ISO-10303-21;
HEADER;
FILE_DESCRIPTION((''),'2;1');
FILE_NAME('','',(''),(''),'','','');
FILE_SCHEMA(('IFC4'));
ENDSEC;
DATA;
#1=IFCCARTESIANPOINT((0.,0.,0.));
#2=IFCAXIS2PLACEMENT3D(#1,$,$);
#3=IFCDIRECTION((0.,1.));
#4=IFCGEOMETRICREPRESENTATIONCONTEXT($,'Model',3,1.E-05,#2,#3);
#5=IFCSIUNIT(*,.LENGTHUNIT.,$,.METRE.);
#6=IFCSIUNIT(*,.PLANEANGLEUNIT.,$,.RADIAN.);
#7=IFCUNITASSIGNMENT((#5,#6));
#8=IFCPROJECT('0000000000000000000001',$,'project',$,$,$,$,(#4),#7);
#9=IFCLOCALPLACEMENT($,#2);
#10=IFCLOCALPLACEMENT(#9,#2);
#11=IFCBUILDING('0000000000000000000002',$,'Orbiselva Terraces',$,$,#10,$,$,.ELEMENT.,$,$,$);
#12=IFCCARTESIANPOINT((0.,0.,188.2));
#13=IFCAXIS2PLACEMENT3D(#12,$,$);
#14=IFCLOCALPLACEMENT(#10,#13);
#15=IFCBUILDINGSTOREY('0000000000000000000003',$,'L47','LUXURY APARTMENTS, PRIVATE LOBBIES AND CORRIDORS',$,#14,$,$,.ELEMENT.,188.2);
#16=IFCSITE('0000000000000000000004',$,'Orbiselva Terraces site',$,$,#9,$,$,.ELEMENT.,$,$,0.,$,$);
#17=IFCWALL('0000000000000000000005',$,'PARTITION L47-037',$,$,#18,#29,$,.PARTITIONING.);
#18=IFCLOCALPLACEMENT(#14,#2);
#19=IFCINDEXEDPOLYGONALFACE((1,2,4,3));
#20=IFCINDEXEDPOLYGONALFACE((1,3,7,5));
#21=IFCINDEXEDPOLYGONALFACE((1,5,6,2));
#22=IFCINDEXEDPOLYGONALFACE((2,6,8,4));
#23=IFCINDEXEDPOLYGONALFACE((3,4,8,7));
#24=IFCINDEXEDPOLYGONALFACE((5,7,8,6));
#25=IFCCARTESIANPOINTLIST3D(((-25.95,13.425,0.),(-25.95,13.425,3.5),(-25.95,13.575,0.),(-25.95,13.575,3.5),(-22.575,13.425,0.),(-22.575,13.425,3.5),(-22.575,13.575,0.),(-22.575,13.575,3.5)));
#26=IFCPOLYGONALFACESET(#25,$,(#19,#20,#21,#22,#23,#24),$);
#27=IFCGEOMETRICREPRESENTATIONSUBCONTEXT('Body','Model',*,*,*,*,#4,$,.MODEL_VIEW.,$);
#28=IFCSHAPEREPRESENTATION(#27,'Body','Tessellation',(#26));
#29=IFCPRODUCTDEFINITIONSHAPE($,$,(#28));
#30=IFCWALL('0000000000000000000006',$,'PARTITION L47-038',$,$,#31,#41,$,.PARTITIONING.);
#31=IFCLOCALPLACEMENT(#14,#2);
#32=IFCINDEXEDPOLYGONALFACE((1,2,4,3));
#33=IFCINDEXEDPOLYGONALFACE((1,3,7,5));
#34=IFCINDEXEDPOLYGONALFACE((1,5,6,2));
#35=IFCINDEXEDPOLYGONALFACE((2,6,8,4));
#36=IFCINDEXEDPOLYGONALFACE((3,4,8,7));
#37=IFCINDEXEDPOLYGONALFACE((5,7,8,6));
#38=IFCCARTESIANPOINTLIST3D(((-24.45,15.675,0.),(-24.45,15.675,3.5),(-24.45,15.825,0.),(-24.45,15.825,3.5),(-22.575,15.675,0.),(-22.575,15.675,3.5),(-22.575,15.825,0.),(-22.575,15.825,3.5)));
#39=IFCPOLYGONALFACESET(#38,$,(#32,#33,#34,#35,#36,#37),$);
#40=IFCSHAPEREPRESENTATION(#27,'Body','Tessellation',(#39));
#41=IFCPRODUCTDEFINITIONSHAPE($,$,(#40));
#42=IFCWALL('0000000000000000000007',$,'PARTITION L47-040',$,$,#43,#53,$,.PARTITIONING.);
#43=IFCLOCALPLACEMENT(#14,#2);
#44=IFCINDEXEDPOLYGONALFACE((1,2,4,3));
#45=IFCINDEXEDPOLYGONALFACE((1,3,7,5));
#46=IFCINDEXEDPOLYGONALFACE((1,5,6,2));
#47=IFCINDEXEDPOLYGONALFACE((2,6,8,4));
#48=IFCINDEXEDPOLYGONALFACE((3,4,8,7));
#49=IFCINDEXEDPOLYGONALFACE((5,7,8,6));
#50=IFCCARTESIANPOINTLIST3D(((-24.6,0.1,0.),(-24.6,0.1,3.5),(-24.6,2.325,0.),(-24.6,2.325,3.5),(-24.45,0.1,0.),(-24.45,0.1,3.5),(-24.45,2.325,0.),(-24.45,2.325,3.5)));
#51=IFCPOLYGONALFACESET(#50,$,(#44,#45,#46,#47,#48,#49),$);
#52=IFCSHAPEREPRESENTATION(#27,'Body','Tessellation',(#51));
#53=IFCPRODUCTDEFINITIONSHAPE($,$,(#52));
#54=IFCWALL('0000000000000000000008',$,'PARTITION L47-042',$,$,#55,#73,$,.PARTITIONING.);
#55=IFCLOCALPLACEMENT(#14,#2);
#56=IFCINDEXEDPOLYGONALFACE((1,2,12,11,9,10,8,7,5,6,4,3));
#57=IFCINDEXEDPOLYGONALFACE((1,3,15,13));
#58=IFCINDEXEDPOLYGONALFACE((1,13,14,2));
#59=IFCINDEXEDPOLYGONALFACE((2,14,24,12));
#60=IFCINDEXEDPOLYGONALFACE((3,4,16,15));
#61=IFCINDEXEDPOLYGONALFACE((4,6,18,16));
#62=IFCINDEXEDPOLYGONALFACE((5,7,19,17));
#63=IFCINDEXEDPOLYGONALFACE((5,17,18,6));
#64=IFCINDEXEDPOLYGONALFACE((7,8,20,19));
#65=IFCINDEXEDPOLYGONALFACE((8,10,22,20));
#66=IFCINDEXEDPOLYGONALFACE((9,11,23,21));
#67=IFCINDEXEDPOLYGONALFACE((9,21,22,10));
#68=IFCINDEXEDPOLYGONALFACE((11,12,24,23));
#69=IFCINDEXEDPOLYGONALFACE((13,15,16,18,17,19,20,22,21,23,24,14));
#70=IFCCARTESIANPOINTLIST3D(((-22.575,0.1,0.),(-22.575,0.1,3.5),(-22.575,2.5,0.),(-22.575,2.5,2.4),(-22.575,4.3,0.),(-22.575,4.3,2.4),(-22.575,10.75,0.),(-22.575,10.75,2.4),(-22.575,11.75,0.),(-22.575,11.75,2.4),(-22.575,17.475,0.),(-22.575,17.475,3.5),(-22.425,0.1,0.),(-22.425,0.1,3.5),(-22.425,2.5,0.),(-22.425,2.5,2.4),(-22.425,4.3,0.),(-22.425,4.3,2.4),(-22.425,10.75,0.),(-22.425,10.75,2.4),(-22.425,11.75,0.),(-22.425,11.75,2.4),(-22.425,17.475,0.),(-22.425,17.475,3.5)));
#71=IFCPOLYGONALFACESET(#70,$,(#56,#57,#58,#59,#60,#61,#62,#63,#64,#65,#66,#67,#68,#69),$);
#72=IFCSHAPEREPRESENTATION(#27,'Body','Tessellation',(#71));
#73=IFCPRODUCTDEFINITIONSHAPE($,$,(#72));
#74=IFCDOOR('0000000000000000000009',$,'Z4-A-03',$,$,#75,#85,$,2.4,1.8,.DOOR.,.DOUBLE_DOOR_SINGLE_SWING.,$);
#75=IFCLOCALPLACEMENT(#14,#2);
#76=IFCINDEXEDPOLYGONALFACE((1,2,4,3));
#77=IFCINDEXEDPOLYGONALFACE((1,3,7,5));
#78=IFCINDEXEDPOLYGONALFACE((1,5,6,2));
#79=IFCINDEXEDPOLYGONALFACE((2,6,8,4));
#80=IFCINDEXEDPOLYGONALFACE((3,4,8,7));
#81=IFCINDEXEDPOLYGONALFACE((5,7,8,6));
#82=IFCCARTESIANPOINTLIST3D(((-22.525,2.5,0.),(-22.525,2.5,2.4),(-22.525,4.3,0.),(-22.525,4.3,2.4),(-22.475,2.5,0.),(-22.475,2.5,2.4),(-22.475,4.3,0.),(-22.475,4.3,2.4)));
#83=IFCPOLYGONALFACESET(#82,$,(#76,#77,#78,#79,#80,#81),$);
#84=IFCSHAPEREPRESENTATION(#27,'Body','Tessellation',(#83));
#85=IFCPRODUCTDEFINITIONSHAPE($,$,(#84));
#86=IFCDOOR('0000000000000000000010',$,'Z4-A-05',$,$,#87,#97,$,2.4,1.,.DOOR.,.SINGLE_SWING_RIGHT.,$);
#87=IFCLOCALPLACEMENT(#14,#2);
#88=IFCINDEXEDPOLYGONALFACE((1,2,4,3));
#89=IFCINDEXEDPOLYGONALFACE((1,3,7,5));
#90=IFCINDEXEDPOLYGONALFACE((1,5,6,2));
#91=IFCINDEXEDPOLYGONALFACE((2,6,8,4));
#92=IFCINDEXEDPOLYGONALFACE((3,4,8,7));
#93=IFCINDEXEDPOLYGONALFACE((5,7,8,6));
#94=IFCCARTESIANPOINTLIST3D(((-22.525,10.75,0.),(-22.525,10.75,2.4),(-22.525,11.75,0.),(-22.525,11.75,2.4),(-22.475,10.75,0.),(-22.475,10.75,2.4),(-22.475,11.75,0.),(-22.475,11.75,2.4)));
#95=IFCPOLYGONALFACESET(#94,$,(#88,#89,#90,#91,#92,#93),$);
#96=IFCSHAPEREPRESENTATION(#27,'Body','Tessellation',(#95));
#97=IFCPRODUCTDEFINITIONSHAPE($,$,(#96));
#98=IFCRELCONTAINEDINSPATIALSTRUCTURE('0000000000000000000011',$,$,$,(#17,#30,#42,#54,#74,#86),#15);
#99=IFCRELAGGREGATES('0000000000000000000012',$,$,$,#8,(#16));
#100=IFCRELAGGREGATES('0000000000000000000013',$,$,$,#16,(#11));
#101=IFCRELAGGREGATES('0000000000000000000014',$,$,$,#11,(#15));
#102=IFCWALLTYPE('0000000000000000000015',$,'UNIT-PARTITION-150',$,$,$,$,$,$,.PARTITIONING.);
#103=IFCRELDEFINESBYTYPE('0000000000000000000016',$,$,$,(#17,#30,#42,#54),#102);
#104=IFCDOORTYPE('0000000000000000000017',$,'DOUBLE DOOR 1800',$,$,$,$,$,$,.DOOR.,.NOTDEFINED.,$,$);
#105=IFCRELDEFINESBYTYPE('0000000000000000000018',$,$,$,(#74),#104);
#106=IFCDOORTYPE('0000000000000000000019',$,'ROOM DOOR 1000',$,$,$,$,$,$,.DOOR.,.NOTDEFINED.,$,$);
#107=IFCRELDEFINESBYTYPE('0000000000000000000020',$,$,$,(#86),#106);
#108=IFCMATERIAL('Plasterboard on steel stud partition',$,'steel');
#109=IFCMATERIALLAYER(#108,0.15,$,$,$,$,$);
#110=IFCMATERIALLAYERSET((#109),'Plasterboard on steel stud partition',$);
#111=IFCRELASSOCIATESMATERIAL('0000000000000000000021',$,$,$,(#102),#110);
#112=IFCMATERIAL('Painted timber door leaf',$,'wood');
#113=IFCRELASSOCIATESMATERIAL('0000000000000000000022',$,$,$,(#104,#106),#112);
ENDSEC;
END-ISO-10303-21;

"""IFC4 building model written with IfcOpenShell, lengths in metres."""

from ifc_helpers import new_model, si_unit, direction, frame, frame_2d, origin, place, context, subcontext, project, spatial, rectangle, extrude, material, layer, layer_set, type_object, element, fill, save


model = new_model("IFC4")

# Units and contexts
model_context = context("Model", 3, precision=1e-05, world=origin(), true_north=direction((0.0, 1.0)))
body_context = subcontext(model_context, "Body", "Model", "MODEL_VIEW")
ifc_project = project(units=[si_unit("LENGTHUNIT", "METRE"), si_unit("PLANEANGLEUNIT", "RADIAN")], contexts=[model_context])

# Site, building, storey
site_placement = place(None, origin())
site = spatial("IfcSite", under=ifc_project, at=site_placement, Name="Orbiselva Terraces site", CompositionType="ELEMENT", RefElevation=0.0)
building_placement = place(site_placement, origin())
building = spatial("IfcBuilding", under=site, at=building_placement, Name="Orbiselva Terraces", CompositionType="ELEMENT")
storey_placement = place(building_placement, frame((0.0, 0.0, 188.2)))
storey = spatial("IfcBuildingStorey", under=building, at=storey_placement, Name="L47", Description="LUXURY APARTMENTS, PRIVATE LOBBIES AND CORRIDORS", CompositionType="ELEMENT", Elevation=188.2)

# Shared definitions
ifc_material_1 = material(Name="Plasterboard on steel stud partition", Category="steel")
ifc_material_2 = material(Name="Painted timber door leaf", Category="wood")

# Shared definitions
ifc_layer_1 = layer(ifc_material_1, 0.15)
ifc_layer_set_1 = layer_set([ifc_layer_1], Name="Plasterboard on steel stud partition")
wall_type_1 = type_object("IfcWallType", Name="UNIT-PARTITION-150", PredefinedType="PARTITIONING", material=ifc_layer_set_1)

# Walls
wall_1_placement = place(storey_placement, frame((-25.95, 13.5, 0.0), z_axis=(0.0, 0.0, 1.0), x_axis=(1.0, 0.0, 0.0)))
element("IfcWall", 1, at=wall_1_placement, inside=storey, type_object=wall_type_1, Name="PARTITION L47-037", PredefinedType="PARTITIONING", context=body_context, shape_type="SweptSolid", body=[
    extrude(rectangle(XDim=3.375, YDim=0.15, at=frame_2d((1.6875, 0.0))), origin(), (0.0, 0.0, 1.0), 3.5),
])
wall_2_placement = place(storey_placement, frame((-24.45, 15.75, 0.0), z_axis=(0.0, 0.0, 1.0), x_axis=(1.0, 0.0, 0.0)))
element("IfcWall", 2, at=wall_2_placement, inside=storey, type_object=wall_type_1, Name="PARTITION L47-038", PredefinedType="PARTITIONING", context=body_context, shape_type="SweptSolid", body=[
    extrude(rectangle(XDim=1.875, YDim=0.15, at=frame_2d((0.9375, 0.0))), origin(), (0.0, 0.0, 1.0), 3.5),
])
wall_3_placement = place(storey_placement, frame((-24.525, 0.1, 0.0), z_axis=(0.0, 0.0, 1.0), x_axis=(0.0, 1.0, 0.0)))
element("IfcWall", 3, at=wall_3_placement, inside=storey, type_object=wall_type_1, Name="PARTITION L47-040", PredefinedType="PARTITIONING", context=body_context, shape_type="SweptSolid", body=[
    extrude(rectangle(XDim=2.225, YDim=0.15, at=frame_2d((1.1125, 0.0))), origin(), (0.0, 0.0, 1.0), 3.5),
])

# Wall, openings, doors
wall_4_placement = place(storey_placement, frame((-22.5, 0.1, 0.0), z_axis=(0.0, 0.0, 1.0), x_axis=(0.0, 1.0, 0.0)))
wall_4 = element("IfcWall", 4, at=wall_4_placement, inside=storey, type_object=wall_type_1, Name="PARTITION L47-042", PredefinedType="PARTITIONING", context=body_context, shape_type="SweptSolid", body=[
    extrude(rectangle(XDim=17.375, YDim=0.15, at=frame_2d((8.6875, 0.0))), origin(), (0.0, 0.0, 1.0), 3.5),
])
opening_1_placement = place(wall_4_placement, frame((2.4, 0.0, 0.0)))
opening_1 = element("IfcOpeningElement", 5, at=opening_1_placement, cuts=wall_4, PredefinedType="OPENING", context=body_context, shape_type="SweptSolid", body=[
    extrude(rectangle(XDim=1.8, YDim=2.4, at=frame_2d((0.9, 1.2))), frame((0.0, 0.085, 0.0), z_axis=(0.0, -1.0, 0.0), x_axis=(1.0, 0.0, 0.0)), (0.0, 0.0, 1.0), 0.17),
])
opening_2_placement = place(wall_4_placement, frame((10.65, 0.0, 0.0)))
opening_2 = element("IfcOpeningElement", 6, at=opening_2_placement, cuts=wall_4, PredefinedType="OPENING", context=body_context, shape_type="SweptSolid", body=[
    extrude(rectangle(XDim=1.0, YDim=2.4, at=frame_2d((0.5, 1.2))), frame((0.0, 0.085, 0.0), z_axis=(0.0, -1.0, 0.0), x_axis=(1.0, 0.0, 0.0)), (0.0, 0.0, 1.0), 0.17),
])
door_type_1 = type_object("IfcDoorType", Name="DOUBLE DOOR 1800", OperationType="NOTDEFINED", PredefinedType="DOOR", material=ifc_material_2)
door_1_placement = place(opening_1_placement, origin())
door_1 = element("IfcDoor", 7, at=door_1_placement, inside=storey, type_object=door_type_1, Name="Z4-A-03", OperationType="DOUBLE_DOOR_SINGLE_SWING", OverallHeight=2.4, OverallWidth=1.8, PredefinedType="DOOR", context=body_context, shape_type="SweptSolid", body=[
    extrude(rectangle(XDim=1.8, YDim=2.4, at=frame_2d((0.9, 1.2))), frame((0.0, 0.025, 0.0), z_axis=(0.0, -1.0, 0.0), x_axis=(1.0, 0.0, 0.0)), (0.0, 0.0, 1.0), 0.05),
])
fill(opening_1, door_1)
door_type_2 = type_object("IfcDoorType", Name="ROOM DOOR 1000", OperationType="NOTDEFINED", PredefinedType="DOOR", material=ifc_material_2)
door_2_placement = place(opening_2_placement, origin())
door_2 = element("IfcDoor", 8, at=door_2_placement, inside=storey, type_object=door_type_2, Name="Z4-A-05", OperationType="SINGLE_SWING_RIGHT", OverallHeight=2.4, OverallWidth=1.0, PredefinedType="DOOR", context=body_context, shape_type="SweptSolid", body=[
    extrude(rectangle(XDim=1.0, YDim=2.4, at=frame_2d((0.5, 1.2))), frame((0.0, 0.025, 0.0), z_axis=(0.0, -1.0, 0.0), x_axis=(1.0, 0.0, 0.0)), (0.0, 0.0, 1.0), 0.05),
])
fill(opening_2, door_2)

save(model, "model.ifc")
